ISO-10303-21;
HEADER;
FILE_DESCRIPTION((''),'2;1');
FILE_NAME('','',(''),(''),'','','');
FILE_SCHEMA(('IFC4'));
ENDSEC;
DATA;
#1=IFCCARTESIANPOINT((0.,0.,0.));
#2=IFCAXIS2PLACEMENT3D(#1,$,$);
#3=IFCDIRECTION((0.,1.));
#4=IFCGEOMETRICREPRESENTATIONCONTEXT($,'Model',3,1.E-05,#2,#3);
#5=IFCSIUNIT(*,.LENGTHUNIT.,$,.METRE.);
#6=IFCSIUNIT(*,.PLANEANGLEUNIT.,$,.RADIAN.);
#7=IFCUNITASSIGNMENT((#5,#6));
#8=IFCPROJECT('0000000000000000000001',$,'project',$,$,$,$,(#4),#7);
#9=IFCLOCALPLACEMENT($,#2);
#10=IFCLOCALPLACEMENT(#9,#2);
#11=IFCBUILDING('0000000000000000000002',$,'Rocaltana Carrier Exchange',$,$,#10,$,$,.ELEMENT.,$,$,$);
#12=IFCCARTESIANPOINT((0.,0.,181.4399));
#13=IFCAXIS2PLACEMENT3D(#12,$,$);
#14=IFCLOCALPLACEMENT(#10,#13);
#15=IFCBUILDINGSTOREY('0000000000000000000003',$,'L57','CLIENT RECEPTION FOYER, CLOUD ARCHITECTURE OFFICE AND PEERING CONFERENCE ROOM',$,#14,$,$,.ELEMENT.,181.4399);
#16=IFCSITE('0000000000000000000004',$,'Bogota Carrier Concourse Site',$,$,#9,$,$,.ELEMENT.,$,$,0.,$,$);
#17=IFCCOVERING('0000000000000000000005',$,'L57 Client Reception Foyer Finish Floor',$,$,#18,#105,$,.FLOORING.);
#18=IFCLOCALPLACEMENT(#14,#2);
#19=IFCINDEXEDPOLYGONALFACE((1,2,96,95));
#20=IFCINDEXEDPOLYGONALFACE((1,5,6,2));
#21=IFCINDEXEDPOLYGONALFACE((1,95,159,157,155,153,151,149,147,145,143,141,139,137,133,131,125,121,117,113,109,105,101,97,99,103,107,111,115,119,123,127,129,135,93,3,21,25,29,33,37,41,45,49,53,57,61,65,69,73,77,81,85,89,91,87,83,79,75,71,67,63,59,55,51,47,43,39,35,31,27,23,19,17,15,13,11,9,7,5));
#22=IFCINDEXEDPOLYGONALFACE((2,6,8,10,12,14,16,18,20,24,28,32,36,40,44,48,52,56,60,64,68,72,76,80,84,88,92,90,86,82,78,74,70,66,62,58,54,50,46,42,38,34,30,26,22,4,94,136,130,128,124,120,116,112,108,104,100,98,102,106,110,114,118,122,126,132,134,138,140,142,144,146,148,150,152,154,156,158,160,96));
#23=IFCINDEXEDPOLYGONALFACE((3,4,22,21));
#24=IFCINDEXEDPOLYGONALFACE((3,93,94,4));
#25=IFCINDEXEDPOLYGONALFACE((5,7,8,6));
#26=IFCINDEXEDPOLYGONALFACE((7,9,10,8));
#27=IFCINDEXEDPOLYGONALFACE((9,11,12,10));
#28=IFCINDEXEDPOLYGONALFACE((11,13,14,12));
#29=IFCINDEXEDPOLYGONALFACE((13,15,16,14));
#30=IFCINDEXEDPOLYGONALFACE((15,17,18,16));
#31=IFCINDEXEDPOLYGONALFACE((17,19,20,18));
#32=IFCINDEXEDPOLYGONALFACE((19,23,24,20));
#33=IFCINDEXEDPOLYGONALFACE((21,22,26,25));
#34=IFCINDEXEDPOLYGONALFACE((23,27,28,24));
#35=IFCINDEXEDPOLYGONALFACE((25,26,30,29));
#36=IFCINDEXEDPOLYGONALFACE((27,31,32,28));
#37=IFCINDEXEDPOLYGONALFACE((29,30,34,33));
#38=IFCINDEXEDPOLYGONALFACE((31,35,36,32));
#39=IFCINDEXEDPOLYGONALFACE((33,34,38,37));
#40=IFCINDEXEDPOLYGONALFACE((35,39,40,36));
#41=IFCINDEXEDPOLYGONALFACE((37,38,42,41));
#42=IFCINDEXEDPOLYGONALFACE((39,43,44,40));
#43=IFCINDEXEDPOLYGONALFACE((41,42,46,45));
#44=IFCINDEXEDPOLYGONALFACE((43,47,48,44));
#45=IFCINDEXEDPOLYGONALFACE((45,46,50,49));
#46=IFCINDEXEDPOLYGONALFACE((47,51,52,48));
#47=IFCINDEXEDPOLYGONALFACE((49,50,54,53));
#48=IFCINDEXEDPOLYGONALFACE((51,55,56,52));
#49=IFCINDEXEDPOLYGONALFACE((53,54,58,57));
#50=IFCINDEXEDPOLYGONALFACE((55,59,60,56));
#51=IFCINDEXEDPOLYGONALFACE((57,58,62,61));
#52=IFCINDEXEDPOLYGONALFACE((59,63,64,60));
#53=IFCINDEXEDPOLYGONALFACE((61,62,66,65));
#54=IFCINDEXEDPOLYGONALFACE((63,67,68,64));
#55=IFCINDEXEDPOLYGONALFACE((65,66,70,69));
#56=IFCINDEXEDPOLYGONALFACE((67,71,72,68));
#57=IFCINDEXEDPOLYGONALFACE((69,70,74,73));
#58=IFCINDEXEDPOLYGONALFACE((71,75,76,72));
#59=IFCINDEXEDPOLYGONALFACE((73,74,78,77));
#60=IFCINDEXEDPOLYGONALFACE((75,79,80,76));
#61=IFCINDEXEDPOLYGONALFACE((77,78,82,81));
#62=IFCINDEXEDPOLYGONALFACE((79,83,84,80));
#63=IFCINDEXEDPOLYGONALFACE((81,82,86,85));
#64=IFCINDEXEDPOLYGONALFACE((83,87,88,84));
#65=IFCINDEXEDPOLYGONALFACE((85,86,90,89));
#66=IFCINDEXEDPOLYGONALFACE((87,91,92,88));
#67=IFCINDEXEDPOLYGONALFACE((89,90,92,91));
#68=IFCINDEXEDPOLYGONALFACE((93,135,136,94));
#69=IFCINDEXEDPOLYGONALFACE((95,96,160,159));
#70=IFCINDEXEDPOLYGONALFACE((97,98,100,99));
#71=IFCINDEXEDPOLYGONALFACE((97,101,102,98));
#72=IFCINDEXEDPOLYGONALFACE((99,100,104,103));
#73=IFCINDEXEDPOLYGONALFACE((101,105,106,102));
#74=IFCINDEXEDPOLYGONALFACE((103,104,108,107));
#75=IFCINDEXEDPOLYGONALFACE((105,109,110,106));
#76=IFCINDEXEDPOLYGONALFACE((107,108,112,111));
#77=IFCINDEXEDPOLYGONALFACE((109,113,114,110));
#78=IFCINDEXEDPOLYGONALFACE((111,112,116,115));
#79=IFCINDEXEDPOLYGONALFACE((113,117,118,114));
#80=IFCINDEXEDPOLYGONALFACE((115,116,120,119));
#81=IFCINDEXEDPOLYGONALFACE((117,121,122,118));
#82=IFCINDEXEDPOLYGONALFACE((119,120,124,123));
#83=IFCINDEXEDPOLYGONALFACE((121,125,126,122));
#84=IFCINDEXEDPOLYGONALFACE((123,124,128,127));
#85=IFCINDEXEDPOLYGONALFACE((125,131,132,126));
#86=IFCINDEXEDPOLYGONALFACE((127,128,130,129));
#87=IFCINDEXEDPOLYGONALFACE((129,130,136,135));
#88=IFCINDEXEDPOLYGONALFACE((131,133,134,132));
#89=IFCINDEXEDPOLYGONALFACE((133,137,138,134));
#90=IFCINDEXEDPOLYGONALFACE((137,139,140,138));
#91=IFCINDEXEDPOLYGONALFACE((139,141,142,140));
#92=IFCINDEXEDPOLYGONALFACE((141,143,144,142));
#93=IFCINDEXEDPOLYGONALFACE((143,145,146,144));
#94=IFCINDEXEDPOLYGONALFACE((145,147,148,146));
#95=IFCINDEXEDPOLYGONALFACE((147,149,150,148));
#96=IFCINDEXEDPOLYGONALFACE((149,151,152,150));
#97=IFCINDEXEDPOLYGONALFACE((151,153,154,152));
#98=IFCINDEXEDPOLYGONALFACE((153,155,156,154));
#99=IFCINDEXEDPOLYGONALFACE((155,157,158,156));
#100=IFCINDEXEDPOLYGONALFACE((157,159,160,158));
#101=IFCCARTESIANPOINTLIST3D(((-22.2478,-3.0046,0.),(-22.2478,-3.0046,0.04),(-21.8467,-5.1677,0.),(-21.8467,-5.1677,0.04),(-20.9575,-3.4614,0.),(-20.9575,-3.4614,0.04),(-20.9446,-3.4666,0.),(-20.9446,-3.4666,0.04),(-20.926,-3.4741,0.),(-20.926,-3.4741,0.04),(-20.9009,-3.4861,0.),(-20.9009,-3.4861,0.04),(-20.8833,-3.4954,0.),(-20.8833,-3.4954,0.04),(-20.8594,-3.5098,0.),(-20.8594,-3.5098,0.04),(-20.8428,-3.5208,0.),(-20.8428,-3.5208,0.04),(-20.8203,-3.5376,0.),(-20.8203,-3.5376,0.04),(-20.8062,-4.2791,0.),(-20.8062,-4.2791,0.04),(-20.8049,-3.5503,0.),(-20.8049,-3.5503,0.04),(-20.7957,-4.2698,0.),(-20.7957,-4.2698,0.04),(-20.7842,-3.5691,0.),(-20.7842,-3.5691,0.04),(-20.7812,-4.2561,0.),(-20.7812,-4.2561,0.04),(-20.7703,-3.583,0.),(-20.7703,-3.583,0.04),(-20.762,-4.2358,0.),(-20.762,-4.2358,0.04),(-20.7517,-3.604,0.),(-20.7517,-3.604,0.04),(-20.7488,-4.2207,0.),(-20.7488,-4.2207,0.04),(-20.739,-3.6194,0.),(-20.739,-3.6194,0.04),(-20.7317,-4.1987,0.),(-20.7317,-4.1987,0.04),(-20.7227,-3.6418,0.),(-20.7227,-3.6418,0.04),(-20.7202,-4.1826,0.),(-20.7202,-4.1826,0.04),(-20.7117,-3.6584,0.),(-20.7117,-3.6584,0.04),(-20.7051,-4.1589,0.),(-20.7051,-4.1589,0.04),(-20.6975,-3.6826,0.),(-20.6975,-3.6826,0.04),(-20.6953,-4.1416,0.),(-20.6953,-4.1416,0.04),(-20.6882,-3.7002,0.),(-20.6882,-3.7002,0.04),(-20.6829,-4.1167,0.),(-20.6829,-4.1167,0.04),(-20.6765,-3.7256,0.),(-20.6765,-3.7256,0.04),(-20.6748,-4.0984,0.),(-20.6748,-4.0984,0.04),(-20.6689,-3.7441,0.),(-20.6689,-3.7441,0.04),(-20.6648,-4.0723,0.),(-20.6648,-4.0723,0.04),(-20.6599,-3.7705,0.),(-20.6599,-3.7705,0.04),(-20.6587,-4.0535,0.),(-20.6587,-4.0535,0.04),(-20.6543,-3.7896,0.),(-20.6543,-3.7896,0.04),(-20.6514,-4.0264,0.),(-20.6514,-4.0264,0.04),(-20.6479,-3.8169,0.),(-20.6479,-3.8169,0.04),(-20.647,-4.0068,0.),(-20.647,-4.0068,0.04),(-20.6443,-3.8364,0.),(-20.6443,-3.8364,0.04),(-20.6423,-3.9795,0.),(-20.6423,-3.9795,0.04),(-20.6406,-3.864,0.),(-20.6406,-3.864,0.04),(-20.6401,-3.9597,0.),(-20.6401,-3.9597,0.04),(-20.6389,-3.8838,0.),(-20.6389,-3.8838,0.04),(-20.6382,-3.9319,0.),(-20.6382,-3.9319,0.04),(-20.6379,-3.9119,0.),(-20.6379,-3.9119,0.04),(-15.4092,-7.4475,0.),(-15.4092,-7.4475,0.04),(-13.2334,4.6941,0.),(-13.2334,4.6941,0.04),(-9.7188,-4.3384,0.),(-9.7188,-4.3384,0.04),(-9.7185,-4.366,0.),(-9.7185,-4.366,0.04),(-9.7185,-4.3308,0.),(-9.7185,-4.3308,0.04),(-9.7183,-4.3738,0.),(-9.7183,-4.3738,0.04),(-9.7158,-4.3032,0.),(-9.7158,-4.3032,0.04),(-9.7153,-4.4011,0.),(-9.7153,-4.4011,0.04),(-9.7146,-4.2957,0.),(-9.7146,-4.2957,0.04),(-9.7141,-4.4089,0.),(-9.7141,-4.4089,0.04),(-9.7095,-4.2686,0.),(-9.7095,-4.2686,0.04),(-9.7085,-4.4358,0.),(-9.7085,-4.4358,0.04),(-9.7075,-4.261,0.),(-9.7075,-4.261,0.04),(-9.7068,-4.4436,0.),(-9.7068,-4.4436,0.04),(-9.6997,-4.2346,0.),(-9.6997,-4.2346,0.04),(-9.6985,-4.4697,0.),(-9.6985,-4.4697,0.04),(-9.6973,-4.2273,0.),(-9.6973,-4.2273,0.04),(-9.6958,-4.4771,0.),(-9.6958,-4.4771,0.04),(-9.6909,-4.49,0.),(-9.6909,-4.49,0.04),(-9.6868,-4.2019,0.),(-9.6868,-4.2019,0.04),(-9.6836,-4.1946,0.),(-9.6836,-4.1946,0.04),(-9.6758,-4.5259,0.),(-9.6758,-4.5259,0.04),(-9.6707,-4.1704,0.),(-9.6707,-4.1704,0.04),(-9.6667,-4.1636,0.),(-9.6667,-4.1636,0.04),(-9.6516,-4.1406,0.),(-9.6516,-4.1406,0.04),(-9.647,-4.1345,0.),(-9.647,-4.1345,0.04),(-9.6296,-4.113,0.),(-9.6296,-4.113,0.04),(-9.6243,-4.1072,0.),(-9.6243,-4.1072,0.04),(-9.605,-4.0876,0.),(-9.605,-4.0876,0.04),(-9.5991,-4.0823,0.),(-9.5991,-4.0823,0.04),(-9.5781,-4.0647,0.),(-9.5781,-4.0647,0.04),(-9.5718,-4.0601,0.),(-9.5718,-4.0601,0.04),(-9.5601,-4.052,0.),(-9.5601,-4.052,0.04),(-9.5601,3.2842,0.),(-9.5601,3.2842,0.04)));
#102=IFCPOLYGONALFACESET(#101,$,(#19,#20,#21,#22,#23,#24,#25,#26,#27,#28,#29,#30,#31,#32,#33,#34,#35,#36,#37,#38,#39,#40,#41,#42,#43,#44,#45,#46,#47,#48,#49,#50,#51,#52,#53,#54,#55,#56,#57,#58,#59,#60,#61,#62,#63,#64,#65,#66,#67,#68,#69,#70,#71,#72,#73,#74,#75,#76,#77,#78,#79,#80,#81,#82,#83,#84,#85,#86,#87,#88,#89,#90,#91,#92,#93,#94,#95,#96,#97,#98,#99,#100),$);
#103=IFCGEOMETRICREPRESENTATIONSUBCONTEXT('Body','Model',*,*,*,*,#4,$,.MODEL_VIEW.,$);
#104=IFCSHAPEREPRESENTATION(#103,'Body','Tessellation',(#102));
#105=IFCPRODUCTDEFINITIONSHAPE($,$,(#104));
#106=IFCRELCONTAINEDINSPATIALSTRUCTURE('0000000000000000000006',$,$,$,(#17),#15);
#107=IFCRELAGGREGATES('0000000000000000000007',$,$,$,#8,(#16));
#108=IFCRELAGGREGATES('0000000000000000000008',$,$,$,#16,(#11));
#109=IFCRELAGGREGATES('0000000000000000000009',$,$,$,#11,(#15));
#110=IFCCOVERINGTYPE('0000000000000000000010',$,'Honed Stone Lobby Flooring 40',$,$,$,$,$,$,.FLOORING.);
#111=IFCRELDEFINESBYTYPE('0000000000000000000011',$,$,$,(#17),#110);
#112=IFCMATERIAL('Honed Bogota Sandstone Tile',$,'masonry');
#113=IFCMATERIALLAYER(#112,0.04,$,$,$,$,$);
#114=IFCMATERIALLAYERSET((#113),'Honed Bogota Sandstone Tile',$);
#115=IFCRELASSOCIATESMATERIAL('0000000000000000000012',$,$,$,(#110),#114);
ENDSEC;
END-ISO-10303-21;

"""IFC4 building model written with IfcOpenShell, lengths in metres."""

from ifc_helpers import new_model, si_unit, direction, frame, origin, place, context, subcontext, project, spatial, polyline, outline, extrude, material, layer, layer_set, type_object, element, save


model = new_model("IFC4")

# Units and contexts
model_context = context("Model", 3, precision=1e-05, world=origin(), true_north=direction((0.0, 1.0)))
body_context = subcontext(model_context, "Body", "Model", "MODEL_VIEW")
ifc_project = project(units=[si_unit("LENGTHUNIT", "METRE"), si_unit("PLANEANGLEUNIT", "RADIAN")], contexts=[model_context])

# Site, building, storey
site_placement = place(None, origin())
site = spatial("IfcSite", under=ifc_project, at=site_placement, Name="Bogota Carrier Concourse Site", CompositionType="ELEMENT", RefElevation=0.0)
building_placement = place(site_placement, origin())
building = spatial("IfcBuilding", under=site, at=building_placement, Name="Rocaltana Carrier Exchange", CompositionType="ELEMENT")
storey_placement = place(building_placement, frame((0.0, 0.0, 181.4399)))
storey = spatial("IfcBuildingStorey", under=building, at=storey_placement, Name="L57", Description="CLIENT RECEPTION FOYER, CLOUD ARCHITECTURE OFFICE AND PEERING CONFERENCE ROOM", CompositionType="ELEMENT", Elevation=181.4399)

# Covering
ifc_material_1 = material(Name="Honed Bogota Sandstone Tile", Category="masonry")
ifc_layer_1 = layer(ifc_material_1, 0.04)
ifc_layer_set_1 = layer_set([ifc_layer_1], Name="Honed Bogota Sandstone Tile")
covering_type_1 = type_object("IfcCoveringType", Name="Honed Stone Lobby Flooring 40", PredefinedType="FLOORING", material=ifc_layer_set_1)
covering_1_placement = place(storey_placement, origin())
element("IfcCovering", 1, at=covering_1_placement, inside=storey, type_object=covering_type_1, Name="L57 Client Reception Foyer Finish Floor", PredefinedType="FLOORING", context=body_context, shape_type="SweptSolid", body=[
    extrude(outline(polyline([(-20.8062, -4.2791), (-20.7957, -4.2698), (-20.7812, -4.2561), (-20.762, -4.2358), (-20.7488, -4.2207), (-20.7317, -4.1987), (-20.7202, -4.1826), (-20.7051, -4.1589), (-20.6953, -4.1416), (-20.6829, -4.1167), (-20.6748, -4.0984), (-20.6648, -4.0723), (-20.6587, -4.0535), (-20.6514, -4.0264), (-20.647, -4.0068), (-20.6423, -3.9795), (-20.6401, -3.9597), (-20.6382, -3.9319), (-20.6379, -3.9119), (-20.6389, -3.8838), (-20.6406, -3.864), (-20.6443, -3.8364), (-20.6479, -3.8169), (-20.6543, -3.7896), (-20.6599, -3.7705), (-20.6689, -3.7441), (-20.6765, -3.7256), (-20.6882, -3.7002), (-20.6975, -3.6826), (-20.7117, -3.6584), (-20.7227, -3.6418), (-20.739, -3.6194), (-20.7517, -3.604), (-20.7703, -3.583), (-20.7842, -3.5691), (-20.8049, -3.5503), (-20.8203, -3.5376), (-20.8428, -3.5208), (-20.8594, -3.5098), (-20.8833, -3.4954), (-20.9009, -3.4861), (-20.926, -3.4741), (-20.9446, -3.4666), (-20.9575, -3.4614), (-22.2478, -3.0046), (-13.2334, 4.6941), (-9.5601, 3.2842), (-9.5601, -4.052), (-9.5718, -4.0601), (-9.5781, -4.0647), (-9.5991, -4.0823), (-9.605, -4.0876), (-9.6243, -4.1072), (-9.6296, -4.113), (-9.647, -4.1345), (-9.6516, -4.1406), (-9.6667, -4.1636), (-9.6707, -4.1704), (-9.6836, -4.1946), (-9.6868, -4.2019), (-9.6973, -4.2273), (-9.6997, -4.2346), (-9.7075, -4.261), (-9.7095, -4.2686), (-9.7146, -4.2957), (-9.7158, -4.3032), (-9.7185, -4.3308), (-9.7188, -4.3384), (-9.7185, -4.366), (-9.7183, -4.3738), (-9.7153, -4.4011), (-9.7141, -4.4089), (-9.7085, -4.4358), (-9.7068, -4.4436), (-9.6985, -4.4697), (-9.6958, -4.4771), (-9.6909, -4.49), (-9.6758, -4.5259), (-15.4092, -7.4475), (-21.8467, -5.1677), (-20.8062, -4.2791)])), origin(), (0.0, 0.0, 1.0), 0.04),
])

save(model, "model.ifc")
